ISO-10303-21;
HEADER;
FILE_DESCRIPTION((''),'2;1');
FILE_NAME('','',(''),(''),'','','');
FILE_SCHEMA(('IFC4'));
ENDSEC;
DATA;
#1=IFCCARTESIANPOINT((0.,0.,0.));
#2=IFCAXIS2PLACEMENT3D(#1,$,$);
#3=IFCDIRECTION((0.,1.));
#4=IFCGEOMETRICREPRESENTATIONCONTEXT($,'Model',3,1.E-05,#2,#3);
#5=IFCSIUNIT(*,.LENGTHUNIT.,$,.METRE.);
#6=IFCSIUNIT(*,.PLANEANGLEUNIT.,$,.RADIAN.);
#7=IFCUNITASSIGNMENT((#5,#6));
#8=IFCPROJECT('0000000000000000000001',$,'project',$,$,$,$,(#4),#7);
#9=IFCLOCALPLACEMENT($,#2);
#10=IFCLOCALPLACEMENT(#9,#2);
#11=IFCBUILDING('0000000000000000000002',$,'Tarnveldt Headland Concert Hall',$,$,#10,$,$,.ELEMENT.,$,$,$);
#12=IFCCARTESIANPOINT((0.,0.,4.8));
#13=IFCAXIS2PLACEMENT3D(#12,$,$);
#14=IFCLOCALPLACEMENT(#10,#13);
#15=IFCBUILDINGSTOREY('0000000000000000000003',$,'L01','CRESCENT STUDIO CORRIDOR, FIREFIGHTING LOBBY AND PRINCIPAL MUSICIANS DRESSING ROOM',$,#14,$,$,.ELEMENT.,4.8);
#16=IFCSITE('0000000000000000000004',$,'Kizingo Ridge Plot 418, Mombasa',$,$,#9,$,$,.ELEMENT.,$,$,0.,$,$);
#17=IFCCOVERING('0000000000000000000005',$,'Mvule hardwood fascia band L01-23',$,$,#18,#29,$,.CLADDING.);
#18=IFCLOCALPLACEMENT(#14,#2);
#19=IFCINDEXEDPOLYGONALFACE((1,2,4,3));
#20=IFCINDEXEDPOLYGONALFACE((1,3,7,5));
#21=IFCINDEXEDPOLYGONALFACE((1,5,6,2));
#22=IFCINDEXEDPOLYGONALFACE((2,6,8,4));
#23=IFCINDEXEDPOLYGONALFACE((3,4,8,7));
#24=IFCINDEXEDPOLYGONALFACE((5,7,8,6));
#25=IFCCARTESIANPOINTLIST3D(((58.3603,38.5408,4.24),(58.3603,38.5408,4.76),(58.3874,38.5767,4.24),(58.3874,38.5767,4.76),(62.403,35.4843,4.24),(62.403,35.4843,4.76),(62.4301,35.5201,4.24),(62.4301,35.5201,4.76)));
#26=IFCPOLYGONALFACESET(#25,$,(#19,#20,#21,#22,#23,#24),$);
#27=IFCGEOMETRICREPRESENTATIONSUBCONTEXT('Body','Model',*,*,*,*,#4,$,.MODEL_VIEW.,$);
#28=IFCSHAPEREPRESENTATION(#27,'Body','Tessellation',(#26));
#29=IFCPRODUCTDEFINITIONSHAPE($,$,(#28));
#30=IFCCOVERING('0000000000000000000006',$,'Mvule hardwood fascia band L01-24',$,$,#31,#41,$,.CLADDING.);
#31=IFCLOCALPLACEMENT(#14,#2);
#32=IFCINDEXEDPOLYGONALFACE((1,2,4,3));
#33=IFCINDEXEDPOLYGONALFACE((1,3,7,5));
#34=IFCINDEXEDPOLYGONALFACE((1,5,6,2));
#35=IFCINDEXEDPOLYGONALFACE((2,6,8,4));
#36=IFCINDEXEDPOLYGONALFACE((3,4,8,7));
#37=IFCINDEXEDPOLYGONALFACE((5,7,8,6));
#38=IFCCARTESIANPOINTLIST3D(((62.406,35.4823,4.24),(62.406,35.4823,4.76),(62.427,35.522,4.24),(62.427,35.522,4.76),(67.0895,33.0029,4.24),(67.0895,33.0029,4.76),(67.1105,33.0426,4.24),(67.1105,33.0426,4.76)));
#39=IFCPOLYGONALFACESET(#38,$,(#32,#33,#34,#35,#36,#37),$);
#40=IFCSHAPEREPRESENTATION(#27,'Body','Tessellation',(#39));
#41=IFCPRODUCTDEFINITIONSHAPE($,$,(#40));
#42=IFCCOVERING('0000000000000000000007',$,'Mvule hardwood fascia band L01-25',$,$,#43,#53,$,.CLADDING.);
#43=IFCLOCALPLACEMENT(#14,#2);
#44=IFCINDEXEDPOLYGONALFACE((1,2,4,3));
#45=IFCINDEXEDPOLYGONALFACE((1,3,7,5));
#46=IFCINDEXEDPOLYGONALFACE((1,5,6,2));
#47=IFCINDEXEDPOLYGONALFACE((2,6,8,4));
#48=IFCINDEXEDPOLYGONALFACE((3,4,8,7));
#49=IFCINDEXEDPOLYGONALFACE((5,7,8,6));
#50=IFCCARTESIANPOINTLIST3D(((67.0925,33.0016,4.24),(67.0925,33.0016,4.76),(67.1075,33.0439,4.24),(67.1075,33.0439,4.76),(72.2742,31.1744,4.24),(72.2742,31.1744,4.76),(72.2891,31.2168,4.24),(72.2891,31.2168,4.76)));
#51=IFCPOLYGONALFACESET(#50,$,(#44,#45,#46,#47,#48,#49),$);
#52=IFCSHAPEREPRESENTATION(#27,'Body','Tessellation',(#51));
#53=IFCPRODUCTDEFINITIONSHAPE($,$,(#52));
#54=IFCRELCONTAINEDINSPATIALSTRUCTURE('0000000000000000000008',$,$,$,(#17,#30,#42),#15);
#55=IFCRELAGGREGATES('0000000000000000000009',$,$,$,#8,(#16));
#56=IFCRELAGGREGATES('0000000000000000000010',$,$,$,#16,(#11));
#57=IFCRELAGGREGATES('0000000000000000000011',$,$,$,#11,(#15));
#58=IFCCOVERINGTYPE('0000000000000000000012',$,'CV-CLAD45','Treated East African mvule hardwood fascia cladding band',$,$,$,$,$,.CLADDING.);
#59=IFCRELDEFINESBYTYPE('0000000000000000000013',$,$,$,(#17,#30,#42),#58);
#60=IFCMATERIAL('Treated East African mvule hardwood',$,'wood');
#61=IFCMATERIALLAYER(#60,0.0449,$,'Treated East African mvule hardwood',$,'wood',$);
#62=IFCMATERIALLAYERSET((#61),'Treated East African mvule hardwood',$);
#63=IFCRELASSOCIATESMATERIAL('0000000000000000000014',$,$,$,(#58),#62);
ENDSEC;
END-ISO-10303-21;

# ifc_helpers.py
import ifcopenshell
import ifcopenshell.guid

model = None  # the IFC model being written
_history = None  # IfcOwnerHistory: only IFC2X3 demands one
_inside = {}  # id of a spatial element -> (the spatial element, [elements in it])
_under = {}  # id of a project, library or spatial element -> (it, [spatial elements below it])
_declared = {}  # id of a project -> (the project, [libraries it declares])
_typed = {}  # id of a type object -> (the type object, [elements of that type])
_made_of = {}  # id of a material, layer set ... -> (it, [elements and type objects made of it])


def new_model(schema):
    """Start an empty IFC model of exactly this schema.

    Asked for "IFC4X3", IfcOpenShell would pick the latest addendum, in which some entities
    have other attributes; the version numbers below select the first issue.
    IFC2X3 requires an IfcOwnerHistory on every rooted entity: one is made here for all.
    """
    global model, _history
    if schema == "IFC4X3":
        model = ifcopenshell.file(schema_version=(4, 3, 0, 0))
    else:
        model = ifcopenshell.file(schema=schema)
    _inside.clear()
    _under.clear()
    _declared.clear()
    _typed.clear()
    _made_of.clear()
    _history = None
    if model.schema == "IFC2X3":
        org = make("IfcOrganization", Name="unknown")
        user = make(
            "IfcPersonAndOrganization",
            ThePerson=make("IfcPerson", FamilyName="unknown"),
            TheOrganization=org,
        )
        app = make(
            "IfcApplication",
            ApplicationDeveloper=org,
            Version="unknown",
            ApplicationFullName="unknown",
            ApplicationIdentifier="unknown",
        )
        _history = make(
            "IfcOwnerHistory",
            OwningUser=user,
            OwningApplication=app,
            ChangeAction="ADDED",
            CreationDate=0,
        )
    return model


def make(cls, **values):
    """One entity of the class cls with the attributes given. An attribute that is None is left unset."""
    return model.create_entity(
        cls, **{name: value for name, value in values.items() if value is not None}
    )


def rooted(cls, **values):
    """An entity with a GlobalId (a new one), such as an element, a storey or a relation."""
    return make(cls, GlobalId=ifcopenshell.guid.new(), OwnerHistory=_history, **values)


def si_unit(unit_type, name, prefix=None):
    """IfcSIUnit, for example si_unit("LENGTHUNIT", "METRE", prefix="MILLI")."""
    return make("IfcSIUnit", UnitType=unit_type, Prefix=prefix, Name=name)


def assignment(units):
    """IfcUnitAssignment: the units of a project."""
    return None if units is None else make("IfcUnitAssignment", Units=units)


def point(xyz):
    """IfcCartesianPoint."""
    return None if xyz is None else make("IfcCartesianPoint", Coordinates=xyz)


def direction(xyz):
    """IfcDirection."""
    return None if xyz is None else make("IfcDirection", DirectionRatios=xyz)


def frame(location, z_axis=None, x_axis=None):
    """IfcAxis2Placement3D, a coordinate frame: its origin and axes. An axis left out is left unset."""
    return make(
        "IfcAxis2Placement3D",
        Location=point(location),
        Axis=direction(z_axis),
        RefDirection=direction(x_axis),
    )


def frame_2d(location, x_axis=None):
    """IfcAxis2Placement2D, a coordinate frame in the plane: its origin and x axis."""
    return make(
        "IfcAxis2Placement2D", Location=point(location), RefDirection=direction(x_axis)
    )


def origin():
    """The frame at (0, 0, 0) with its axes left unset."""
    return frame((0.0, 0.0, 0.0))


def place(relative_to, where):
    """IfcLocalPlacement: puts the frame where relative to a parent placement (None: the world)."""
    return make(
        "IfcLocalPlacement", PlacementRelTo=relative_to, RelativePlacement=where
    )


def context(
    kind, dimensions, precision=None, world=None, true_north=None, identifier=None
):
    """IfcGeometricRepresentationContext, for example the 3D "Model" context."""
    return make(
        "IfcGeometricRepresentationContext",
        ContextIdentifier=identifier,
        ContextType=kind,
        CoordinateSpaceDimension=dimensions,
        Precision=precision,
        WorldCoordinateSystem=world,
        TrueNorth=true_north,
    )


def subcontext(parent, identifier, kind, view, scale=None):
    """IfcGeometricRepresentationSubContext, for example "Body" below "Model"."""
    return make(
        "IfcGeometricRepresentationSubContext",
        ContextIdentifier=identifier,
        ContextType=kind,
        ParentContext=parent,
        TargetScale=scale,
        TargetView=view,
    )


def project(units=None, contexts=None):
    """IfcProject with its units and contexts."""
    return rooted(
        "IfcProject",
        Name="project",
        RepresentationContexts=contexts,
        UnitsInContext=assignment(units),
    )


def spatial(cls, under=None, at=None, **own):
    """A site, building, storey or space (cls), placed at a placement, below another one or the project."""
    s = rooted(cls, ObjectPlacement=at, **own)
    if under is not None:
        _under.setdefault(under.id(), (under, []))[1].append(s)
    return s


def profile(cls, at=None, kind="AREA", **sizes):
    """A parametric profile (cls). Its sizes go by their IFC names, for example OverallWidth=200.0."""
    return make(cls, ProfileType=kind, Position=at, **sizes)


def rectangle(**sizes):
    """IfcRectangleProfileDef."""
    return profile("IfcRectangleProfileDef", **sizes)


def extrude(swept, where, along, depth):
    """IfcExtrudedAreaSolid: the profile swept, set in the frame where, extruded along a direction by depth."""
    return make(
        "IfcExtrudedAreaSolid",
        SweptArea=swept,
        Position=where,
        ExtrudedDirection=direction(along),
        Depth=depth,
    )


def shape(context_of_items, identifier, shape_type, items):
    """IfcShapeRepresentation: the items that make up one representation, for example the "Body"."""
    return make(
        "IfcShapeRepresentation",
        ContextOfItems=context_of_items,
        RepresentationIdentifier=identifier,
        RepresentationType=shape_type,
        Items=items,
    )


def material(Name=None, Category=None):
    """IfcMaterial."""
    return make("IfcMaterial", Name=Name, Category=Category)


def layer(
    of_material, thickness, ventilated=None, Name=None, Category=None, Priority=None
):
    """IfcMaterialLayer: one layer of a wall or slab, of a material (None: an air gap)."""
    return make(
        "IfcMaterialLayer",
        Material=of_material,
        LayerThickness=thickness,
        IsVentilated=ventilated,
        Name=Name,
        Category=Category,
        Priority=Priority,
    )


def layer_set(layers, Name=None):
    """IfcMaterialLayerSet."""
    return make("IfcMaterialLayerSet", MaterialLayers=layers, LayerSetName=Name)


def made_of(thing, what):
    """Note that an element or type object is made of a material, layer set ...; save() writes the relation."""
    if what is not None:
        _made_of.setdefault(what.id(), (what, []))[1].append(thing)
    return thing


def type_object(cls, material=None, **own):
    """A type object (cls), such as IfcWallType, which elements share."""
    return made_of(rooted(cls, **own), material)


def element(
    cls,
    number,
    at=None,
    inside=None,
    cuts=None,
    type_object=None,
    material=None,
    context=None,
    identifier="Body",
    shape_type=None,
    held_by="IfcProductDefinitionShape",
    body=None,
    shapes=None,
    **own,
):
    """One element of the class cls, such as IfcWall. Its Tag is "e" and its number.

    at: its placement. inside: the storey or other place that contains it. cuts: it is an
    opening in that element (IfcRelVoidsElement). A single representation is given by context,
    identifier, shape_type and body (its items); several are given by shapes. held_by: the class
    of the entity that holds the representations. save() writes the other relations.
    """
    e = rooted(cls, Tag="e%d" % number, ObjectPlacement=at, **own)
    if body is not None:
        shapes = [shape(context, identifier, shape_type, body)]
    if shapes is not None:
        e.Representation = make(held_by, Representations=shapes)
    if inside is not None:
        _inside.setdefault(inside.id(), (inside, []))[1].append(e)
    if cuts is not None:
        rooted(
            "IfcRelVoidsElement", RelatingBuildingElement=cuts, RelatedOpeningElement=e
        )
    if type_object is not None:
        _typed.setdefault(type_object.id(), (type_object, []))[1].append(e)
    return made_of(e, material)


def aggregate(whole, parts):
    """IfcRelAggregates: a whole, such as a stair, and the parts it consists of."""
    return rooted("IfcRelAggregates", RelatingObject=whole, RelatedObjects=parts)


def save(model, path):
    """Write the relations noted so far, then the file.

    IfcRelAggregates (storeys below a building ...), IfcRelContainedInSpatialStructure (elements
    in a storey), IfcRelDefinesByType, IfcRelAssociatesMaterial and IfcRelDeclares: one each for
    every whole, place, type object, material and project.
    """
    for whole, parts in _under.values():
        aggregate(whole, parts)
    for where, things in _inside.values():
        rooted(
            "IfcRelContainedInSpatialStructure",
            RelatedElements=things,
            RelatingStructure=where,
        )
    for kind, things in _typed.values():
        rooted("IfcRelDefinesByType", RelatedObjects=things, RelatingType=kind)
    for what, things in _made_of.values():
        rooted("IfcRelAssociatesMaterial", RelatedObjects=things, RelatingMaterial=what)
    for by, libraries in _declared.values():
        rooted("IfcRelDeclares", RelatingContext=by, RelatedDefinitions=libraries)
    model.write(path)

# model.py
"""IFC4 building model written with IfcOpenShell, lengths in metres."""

from ifc_helpers import new_model, si_unit, direction, frame, frame_2d, origin, place, context, subcontext, project, spatial, rectangle, extrude, material, layer, layer_set, type_object, element, save


model = new_model("IFC4")

# Units and contexts
model_context = context("Model", 3, precision=1e-05, world=origin(), true_north=direction((0.0, 1.0)))
body_context = subcontext(model_context, "Body", "Model", "MODEL_VIEW")
ifc_project = project(units=[si_unit("LENGTHUNIT", "METRE"), si_unit("PLANEANGLEUNIT", "RADIAN")], contexts=[model_context])

# Site, building, storey
site_placement = place(None, origin())
site = spatial("IfcSite", under=ifc_project, at=site_placement, Name="Kizingo Ridge Plot 418, Mombasa", CompositionType="ELEMENT", RefElevation=0.0)
building_placement = place(site_placement, origin())
building = spatial("IfcBuilding", under=site, at=building_placement, Name="Tarnveldt Headland Concert Hall", CompositionType="ELEMENT")
storey_placement = place(building_placement, frame((0.0, 0.0, 4.8)))
storey = spatial("IfcBuildingStorey", under=building, at=storey_placement, Name="L01", Description="CRESCENT STUDIO CORRIDOR, FIREFIGHTING LOBBY AND PRINCIPAL MUSICIANS DRESSING ROOM", CompositionType="ELEMENT", Elevation=4.8)

# Shared definitions
ifc_material_1 = material(Name="Treated East African mvule hardwood", Category="wood")

# Coverings
ifc_layer_1 = layer(ifc_material_1, 0.0449, Name="Treated East African mvule hardwood", Category="wood")
ifc_layer_set_1 = layer_set([ifc_layer_1], Name="Treated East African mvule hardwood")
covering_type = type_object("IfcCoveringType", Name="CV-CLAD45", Description="Treated East African mvule hardwood fascia cladding band", PredefinedType="CLADDING", material=ifc_layer_set_1)
covering_1_placement = place(storey_placement, frame((58.3738, 38.5588, 4.24), z_axis=(0.0, 0.0, 1.0), x_axis=(0.797664, -0.603102, 0.0)))
element("IfcCovering", 1, at=covering_1_placement, inside=storey, type_object=covering_type, Name="Mvule hardwood fascia band L01-23", PredefinedType="CLADDING", context=body_context, shape_type="SweptSolid", body=[
    extrude(rectangle(XDim=5.0681, YDim=0.0449, at=frame_2d((2.5342, 0.0))), origin(), (0.0, 0.0, 1.0), 0.52),
])
covering_2_placement = place(storey_placement, frame((62.4165, 35.5022, 4.24), z_axis=(0.0, 0.0, 1.0), x_axis=(0.883792, -0.467879, 0.0)))
element("IfcCovering", 2, at=covering_2_placement, inside=storey, type_object=covering_type, Name="Mvule hardwood fascia band L01-24", PredefinedType="CLADDING", context=body_context, shape_type="SweptSolid", body=[
    extrude(rectangle(XDim=5.2993, YDim=0.0449, at=frame_2d((2.6497, 0.0))), origin(), (0.0, 0.0, 1.0), 0.52),
])
covering_3_placement = place(storey_placement, frame((67.1001, 33.0227, 4.24), z_axis=(0.0, 0.0, 1.0), x_axis=(0.943085, -0.33255, 0.0)))
element("IfcCovering", 3, at=covering_3_placement, inside=storey, type_object=covering_type, Name="Mvule hardwood fascia band L01-25", PredefinedType="CLADDING", context=body_context, shape_type="SweptSolid", body=[
    extrude(rectangle(XDim=5.4944, YDim=0.0449, at=frame_2d((2.7471, 0.0))), origin(), (0.0, 0.0, 1.0), 0.52),
])

save(model, "model.ifc")
